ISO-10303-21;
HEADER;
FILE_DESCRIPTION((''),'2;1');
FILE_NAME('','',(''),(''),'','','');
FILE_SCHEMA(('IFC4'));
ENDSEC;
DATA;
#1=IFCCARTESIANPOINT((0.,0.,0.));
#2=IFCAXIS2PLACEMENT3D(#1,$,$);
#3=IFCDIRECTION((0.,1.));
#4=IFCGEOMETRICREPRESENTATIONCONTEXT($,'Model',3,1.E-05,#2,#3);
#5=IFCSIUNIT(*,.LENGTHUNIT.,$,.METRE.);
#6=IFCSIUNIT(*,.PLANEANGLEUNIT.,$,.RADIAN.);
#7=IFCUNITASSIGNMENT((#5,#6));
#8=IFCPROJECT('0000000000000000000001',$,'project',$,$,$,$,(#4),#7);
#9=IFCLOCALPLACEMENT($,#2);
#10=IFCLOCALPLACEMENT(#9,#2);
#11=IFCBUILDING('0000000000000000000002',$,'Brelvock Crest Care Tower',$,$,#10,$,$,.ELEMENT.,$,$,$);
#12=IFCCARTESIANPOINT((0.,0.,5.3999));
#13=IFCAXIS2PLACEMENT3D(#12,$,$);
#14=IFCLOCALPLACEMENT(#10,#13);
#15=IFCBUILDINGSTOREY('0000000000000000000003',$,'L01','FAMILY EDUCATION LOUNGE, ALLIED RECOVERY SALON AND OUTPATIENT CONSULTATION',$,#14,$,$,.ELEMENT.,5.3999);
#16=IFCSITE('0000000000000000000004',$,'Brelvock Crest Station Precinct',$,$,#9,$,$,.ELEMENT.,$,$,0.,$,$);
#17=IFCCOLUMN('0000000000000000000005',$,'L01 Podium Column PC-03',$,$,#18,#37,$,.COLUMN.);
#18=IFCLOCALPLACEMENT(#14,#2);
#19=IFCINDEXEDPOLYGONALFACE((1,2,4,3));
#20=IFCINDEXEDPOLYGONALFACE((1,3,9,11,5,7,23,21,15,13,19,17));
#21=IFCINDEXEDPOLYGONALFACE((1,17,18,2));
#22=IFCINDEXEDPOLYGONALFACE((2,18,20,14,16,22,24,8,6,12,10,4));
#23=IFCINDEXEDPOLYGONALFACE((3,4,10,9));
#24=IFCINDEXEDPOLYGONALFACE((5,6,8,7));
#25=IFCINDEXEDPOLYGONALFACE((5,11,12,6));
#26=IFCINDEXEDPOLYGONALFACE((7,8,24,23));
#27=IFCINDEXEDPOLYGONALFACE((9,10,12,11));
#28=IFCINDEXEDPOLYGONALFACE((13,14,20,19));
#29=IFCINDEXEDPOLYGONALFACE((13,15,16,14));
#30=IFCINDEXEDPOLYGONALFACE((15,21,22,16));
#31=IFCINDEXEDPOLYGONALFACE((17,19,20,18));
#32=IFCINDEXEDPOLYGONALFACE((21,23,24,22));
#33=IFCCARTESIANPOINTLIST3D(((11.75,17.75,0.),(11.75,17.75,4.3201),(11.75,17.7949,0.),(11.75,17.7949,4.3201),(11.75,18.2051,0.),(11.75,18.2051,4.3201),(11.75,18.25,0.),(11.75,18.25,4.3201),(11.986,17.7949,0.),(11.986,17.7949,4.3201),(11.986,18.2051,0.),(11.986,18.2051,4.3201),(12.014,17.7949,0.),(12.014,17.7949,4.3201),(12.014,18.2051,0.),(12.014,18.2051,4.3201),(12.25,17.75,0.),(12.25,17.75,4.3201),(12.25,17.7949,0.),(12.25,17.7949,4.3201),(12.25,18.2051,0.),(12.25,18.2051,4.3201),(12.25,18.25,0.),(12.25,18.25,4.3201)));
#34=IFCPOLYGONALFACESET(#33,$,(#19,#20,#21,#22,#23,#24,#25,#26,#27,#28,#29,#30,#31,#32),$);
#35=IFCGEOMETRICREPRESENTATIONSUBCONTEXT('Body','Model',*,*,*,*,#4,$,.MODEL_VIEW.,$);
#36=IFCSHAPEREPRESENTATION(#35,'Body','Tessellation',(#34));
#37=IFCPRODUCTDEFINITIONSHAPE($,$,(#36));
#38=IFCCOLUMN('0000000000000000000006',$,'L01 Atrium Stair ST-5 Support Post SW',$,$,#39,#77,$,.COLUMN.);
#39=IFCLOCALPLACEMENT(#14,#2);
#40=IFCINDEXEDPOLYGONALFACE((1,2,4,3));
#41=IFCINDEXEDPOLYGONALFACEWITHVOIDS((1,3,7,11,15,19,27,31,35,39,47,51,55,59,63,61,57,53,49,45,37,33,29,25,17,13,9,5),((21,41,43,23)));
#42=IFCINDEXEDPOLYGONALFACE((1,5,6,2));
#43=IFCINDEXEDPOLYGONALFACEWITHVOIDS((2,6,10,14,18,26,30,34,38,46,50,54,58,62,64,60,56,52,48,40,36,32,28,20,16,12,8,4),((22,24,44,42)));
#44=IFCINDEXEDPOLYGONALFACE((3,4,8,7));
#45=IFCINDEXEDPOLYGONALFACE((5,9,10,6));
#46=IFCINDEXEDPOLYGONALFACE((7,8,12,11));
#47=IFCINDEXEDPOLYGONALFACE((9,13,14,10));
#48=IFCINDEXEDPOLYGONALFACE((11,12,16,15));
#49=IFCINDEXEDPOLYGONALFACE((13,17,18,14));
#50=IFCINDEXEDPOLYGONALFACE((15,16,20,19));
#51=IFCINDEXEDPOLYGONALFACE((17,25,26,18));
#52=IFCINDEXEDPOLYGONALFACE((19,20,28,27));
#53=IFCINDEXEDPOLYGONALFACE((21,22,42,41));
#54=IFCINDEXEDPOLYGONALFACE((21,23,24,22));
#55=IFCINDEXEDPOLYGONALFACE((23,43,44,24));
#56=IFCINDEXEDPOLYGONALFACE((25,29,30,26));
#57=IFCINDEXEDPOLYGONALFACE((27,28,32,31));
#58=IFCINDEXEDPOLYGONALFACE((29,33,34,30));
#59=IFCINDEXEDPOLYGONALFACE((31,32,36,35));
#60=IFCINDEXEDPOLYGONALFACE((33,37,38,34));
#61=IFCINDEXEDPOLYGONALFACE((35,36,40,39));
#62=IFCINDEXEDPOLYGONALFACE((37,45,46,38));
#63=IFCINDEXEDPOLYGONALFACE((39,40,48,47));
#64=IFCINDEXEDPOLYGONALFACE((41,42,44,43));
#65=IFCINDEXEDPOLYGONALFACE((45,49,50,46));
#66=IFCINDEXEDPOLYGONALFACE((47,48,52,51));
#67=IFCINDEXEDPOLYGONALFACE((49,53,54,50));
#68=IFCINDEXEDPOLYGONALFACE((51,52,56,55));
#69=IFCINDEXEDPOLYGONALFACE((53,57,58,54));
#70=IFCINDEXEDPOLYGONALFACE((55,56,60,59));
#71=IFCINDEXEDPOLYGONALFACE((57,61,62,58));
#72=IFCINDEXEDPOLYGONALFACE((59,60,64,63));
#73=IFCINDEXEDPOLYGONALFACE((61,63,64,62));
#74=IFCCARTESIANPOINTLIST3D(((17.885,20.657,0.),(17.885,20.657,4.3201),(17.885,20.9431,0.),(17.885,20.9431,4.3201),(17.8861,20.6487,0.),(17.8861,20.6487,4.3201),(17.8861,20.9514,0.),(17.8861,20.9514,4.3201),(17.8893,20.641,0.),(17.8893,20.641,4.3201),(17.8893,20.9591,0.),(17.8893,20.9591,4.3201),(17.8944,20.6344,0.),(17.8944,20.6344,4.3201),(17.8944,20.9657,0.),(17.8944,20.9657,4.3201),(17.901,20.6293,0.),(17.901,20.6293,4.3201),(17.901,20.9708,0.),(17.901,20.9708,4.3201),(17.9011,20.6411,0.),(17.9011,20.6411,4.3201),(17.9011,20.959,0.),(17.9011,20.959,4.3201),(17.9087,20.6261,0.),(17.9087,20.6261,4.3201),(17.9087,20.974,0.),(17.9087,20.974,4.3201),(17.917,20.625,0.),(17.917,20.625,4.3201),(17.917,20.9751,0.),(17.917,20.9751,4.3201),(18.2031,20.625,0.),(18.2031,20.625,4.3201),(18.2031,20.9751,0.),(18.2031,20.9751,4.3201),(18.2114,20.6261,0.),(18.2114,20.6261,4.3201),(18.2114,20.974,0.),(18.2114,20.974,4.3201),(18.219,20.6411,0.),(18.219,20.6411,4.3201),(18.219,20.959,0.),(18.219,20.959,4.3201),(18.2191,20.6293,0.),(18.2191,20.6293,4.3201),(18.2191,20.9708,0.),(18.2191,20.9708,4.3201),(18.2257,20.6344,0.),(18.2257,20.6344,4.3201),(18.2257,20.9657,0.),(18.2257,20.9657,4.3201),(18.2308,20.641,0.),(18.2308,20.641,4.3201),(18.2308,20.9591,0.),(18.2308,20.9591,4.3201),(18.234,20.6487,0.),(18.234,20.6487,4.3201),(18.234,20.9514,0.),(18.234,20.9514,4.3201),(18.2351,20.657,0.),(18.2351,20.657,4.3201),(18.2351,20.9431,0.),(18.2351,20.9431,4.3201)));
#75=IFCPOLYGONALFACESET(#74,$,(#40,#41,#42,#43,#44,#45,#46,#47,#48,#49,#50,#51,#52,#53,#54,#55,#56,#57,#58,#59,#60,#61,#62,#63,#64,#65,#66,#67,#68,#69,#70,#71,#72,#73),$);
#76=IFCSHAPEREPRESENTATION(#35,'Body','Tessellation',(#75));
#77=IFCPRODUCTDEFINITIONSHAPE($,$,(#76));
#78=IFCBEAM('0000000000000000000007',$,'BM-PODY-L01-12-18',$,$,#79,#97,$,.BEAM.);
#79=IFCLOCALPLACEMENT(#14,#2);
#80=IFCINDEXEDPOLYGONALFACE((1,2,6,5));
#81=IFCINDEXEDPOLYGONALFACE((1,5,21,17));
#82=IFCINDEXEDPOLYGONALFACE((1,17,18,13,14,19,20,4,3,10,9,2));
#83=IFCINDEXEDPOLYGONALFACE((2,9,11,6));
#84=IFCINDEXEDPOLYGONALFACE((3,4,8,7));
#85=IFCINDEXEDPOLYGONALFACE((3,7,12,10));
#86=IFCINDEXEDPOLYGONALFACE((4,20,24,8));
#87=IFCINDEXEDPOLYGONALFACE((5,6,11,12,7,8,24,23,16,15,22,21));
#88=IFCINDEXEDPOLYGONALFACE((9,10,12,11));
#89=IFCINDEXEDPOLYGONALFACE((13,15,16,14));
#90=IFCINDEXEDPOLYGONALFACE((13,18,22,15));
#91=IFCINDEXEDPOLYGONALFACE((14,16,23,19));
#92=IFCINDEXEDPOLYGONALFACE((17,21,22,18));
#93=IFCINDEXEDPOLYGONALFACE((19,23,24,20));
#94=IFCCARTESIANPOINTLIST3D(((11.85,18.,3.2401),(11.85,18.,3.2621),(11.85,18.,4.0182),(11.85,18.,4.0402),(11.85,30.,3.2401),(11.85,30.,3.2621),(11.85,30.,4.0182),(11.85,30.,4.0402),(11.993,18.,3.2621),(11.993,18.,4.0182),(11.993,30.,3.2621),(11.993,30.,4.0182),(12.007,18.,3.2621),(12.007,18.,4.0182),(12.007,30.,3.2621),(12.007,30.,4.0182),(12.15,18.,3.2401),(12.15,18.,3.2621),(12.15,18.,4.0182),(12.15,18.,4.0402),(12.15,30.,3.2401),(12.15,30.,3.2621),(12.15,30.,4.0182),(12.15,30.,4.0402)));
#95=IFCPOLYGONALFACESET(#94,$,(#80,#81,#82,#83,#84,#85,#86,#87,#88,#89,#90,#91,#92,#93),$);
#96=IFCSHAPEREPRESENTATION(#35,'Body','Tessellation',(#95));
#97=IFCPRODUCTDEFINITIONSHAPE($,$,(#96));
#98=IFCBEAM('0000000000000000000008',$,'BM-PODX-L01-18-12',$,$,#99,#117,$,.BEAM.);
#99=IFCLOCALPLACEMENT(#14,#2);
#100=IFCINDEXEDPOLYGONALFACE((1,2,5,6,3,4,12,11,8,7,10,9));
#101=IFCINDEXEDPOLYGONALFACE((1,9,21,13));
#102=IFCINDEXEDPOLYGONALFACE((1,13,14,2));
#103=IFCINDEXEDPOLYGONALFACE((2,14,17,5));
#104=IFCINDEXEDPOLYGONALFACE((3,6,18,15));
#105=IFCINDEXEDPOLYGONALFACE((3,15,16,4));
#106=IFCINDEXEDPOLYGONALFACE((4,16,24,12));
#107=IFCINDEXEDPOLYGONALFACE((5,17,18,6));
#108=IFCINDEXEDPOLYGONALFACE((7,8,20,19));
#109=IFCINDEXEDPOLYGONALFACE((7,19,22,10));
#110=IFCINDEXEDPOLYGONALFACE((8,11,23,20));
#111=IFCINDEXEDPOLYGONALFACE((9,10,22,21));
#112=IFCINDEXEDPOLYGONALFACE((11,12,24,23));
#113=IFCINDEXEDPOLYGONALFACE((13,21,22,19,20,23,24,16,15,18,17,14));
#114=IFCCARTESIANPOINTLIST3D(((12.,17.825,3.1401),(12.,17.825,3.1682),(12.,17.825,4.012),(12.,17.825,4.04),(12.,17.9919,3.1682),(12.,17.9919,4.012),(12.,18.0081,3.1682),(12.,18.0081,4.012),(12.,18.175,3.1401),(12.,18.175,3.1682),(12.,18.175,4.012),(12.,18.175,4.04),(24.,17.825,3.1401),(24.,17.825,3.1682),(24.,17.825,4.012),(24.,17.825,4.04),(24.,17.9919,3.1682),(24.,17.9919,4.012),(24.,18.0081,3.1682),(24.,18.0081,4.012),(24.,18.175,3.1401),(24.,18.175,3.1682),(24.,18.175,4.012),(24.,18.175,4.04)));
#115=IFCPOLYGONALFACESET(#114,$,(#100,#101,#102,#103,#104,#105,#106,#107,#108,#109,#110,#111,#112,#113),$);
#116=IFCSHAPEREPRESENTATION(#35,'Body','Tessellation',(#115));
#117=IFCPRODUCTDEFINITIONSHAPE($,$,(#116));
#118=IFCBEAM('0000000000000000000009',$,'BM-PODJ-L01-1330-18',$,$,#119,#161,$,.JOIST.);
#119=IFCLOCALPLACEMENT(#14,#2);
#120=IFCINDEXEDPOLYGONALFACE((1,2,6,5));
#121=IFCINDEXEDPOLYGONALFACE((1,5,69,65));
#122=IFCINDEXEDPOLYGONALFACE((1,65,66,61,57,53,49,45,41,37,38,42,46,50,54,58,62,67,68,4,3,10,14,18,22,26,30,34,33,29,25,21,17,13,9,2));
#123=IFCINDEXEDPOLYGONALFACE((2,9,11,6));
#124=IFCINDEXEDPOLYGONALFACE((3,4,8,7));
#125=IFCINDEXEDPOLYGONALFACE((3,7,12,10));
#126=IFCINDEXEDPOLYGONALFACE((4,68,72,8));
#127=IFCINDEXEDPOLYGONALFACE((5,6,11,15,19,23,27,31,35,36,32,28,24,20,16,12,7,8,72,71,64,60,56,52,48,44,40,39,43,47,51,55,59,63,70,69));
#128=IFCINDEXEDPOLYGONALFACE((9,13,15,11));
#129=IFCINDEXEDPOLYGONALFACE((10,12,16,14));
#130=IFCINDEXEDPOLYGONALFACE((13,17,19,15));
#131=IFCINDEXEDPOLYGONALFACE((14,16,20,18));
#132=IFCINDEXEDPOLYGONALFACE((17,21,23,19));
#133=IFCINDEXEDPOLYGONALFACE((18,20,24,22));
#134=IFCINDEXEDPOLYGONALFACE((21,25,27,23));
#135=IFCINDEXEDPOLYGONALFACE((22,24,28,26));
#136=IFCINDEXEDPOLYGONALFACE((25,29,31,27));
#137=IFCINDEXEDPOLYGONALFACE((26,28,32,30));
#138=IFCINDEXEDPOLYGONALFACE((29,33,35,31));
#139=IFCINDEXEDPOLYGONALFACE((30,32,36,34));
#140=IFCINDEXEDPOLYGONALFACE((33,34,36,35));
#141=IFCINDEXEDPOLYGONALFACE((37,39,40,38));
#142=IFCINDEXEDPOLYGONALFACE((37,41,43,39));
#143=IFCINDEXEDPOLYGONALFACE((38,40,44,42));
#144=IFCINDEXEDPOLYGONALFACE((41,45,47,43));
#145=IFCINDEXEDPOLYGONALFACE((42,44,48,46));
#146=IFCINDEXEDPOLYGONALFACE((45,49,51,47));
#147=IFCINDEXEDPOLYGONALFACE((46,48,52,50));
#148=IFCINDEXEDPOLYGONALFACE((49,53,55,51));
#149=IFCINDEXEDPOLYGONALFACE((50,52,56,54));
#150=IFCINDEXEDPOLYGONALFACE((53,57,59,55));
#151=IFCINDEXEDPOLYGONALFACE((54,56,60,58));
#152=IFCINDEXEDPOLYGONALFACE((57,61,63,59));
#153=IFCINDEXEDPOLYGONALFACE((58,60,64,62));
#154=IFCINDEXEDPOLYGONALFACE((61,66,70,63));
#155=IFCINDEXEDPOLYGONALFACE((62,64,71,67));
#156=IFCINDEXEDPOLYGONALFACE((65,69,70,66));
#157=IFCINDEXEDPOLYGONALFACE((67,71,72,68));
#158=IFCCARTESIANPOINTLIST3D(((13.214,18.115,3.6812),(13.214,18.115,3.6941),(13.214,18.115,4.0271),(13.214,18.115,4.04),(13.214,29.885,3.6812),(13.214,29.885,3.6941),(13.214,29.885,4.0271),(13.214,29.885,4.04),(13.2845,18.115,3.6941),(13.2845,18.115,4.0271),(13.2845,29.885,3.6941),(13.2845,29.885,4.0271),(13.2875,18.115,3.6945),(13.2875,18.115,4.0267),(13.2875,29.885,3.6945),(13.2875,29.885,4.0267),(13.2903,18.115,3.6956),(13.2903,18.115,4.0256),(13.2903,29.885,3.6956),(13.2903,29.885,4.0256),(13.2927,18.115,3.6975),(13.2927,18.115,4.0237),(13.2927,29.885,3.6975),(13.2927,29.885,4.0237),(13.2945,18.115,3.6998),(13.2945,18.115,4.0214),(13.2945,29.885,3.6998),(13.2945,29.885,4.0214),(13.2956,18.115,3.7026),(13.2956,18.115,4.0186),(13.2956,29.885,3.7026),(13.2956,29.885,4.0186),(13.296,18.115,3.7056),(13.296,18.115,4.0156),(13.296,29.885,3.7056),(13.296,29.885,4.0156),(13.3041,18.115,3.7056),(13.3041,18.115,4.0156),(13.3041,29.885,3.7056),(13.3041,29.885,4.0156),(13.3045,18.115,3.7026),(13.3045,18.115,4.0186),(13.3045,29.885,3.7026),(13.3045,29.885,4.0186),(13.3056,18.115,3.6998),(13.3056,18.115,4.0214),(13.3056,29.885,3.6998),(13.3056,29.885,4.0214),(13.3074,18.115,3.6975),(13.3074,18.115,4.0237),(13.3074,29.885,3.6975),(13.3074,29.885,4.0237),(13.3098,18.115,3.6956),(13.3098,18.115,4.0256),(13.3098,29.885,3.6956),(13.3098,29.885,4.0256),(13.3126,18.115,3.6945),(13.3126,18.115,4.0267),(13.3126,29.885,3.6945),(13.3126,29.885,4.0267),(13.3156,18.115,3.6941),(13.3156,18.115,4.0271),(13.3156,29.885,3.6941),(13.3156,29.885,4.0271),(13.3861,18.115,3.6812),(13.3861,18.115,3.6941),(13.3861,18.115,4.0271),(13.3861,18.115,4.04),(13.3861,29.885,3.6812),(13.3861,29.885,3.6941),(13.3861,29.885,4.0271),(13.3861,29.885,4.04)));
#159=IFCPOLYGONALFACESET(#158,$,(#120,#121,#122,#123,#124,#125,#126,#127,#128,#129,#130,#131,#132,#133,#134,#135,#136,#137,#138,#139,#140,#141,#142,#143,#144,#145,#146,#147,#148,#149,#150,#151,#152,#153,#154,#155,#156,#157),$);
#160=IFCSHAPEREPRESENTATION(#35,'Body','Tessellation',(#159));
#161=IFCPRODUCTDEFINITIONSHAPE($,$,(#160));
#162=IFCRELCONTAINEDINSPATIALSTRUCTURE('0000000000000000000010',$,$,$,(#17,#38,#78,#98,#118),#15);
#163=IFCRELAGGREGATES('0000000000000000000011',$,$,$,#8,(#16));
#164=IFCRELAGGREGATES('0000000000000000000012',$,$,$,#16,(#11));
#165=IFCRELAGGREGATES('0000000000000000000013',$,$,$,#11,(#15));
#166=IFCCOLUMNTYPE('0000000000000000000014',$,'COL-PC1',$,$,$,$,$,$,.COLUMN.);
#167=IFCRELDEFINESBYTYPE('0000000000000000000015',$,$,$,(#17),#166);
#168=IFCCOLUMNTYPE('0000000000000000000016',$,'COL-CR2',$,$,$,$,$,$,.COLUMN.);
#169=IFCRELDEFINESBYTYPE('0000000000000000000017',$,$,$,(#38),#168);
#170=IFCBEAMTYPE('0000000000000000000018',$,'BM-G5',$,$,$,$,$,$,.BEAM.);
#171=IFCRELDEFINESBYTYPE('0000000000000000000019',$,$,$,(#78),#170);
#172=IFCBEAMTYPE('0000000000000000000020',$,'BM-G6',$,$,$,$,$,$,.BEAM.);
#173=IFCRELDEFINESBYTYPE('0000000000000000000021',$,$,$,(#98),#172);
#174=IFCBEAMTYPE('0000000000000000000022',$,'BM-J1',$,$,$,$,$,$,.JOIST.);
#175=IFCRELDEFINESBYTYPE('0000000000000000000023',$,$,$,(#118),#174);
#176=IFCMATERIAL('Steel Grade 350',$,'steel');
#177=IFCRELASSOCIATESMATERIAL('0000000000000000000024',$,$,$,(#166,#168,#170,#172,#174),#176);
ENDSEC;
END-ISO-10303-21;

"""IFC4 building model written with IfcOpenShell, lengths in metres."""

from ifc_helpers import new_model, si_unit, direction, frame, origin, origin_2d, place, context, subcontext, project, spatial, hollow_rectangle, i_section, extrude, source, transform, mapped, material, material_profile, profile_set, type_object, element, save


model = new_model("IFC4")

# Units and contexts
model_context = context("Model", 3, precision=1e-05, world=origin(), true_north=direction((0.0, 1.0)))
body_context = subcontext(model_context, "Body", "Model", "MODEL_VIEW")
ifc_project = project(units=[si_unit("LENGTHUNIT", "METRE"), si_unit("PLANEANGLEUNIT", "RADIAN")], contexts=[model_context])

# Site, building, storey
site_placement = place(None, origin())
site = spatial("IfcSite", under=ifc_project, at=site_placement, Name="Brelvock Crest Station Precinct", CompositionType="ELEMENT", RefElevation=0.0)
building_placement = place(site_placement, origin())
building = spatial("IfcBuilding", under=site, at=building_placement, Name="Brelvock Crest Care Tower", CompositionType="ELEMENT")
storey_placement = place(building_placement, frame((0.0, 0.0, 5.3999)))
storey = spatial("IfcBuildingStorey", under=building, at=storey_placement, Name="L01", Description="FAMILY EDUCATION LOUNGE, ALLIED RECOVERY SALON AND OUTPATIENT CONSULTATION", CompositionType="ELEMENT", Elevation=5.3999)

# Columns
ifc_material_1 = material(Name="Steel Grade 350", Category="steel")
ifc_material_profile_1 = material_profile(ifc_material_1, i_section(OverallWidth=0.5, OverallDepth=0.5, WebThickness=0.0281, FlangeThickness=0.0449, at=origin_2d()), Name="500WC440")
ifc_profile_set_1 = profile_set([ifc_material_profile_1], Name="Steel Grade 350")
column_type_1 = type_object("IfcColumnType", Name="COL-PC1", PredefinedType="COLUMN", material=ifc_profile_set_1)
shared_shape_1 = source(origin(), body_context, "Body", "SweptSolid", [
    extrude(i_section(OverallWidth=0.5, OverallDepth=0.5, WebThickness=0.0281, FlangeThickness=0.0449, at=origin_2d()), origin(), (0.0, 0.0, 1.0), 4.3201),
])
column_1_placement = place(storey_placement, frame((12.0, 18.0, 0.0), z_axis=(0.0, 0.0, 1.0), x_axis=(1.0, 0.0, 0.0)))
element("IfcColumn", 1, at=column_1_placement, inside=storey, type_object=column_type_1, Name="L01 Podium Column PC-03", PredefinedType="COLUMN", context=body_context, shape_type="MappedRepresentation", body=[
    mapped(shared_shape_1, transform((0.0, 0.0, 0.0), x_axis=(1.0, 0.0, 0.0), y_axis=(0.0, 1.0, 0.0), z_axis=(0.0, 0.0, 1.0), scale=1.0)),
])
ifc_material_profile_2 = material_profile(ifc_material_1, hollow_rectangle(XDim=0.3501, YDim=0.3501, WallThickness=0.0161, OuterFilletRadius=0.032, at=origin_2d()), Name="SHS350x350x16.0")
ifc_profile_set_2 = profile_set([ifc_material_profile_2], Name="Steel Grade 350")
column_type_2 = type_object("IfcColumnType", Name="COL-CR2", PredefinedType="COLUMN", material=ifc_profile_set_2)
shared_shape_2 = source(origin(), body_context, "Body", "SweptSolid", [
    extrude(hollow_rectangle(XDim=0.3501, YDim=0.3501, WallThickness=0.0161, OuterFilletRadius=0.032, at=origin_2d()), origin(), (0.0, 0.0, 1.0), 4.3201),
])
column_2_placement = place(storey_placement, frame((18.0601, 20.8, 0.0), z_axis=(0.0, 0.0, 1.0), x_axis=(1.0, 0.0, 0.0)))
element("IfcColumn", 2, at=column_2_placement, inside=storey, type_object=column_type_2, Name="L01 Atrium Stair ST-5 Support Post SW", PredefinedType="COLUMN", context=body_context, shape_type="MappedRepresentation", body=[
    mapped(shared_shape_2, transform((0.0, 0.0, 0.0), x_axis=(1.0, 0.0, 0.0), y_axis=(0.0, 1.0, 0.0), z_axis=(0.0, 0.0, 1.0), scale=1.0)),
])

# Beams
ifc_material_profile_3 = material_profile(ifc_material_1, i_section(OverallWidth=0.3, OverallDepth=0.8, WebThickness=0.0139, FlangeThickness=0.022, at=origin_2d()), Name="800WB192")
ifc_profile_set_3 = profile_set([ifc_material_profile_3], Name="Steel Grade 350")
beam_type_1 = type_object("IfcBeamType", Name="BM-G5", PredefinedType="BEAM", material=ifc_profile_set_3)
shared_shape_3 = source(origin(), body_context, "Body", "SweptSolid", [
    extrude(i_section(OverallWidth=0.3, OverallDepth=0.8, WebThickness=0.0139, FlangeThickness=0.022, at=origin_2d()), origin(), (0.0, 0.0, 1.0), 12.0),
])
beam_1_placement = place(storey_placement, frame((12.0, 18.0, 3.6401), z_axis=(0.0, 1.0, 0.0), x_axis=(-1.0, 0.0, 0.0)))
element("IfcBeam", 3, at=beam_1_placement, inside=storey, type_object=beam_type_1, Name="BM-PODY-L01-12-18", PredefinedType="BEAM", context=body_context, shape_type="MappedRepresentation", body=[
    mapped(shared_shape_3, transform((0.0, 0.0, 0.0), x_axis=(1.0, 0.0, 0.0), y_axis=(0.0, 1.0, 0.0), z_axis=(0.0, 0.0, 1.0), scale=1.0)),
])
ifc_material_profile_4 = material_profile(ifc_material_1, i_section(OverallWidth=0.3501, OverallDepth=0.8999, WebThickness=0.0161, FlangeThickness=0.0281, at=origin_2d()), Name="900WB257")
ifc_profile_set_4 = profile_set([ifc_material_profile_4], Name="Steel Grade 350")
beam_type_2 = type_object("IfcBeamType", Name="BM-G6", PredefinedType="BEAM", material=ifc_profile_set_4)
shared_shape_4 = source(origin(), body_context, "Body", "SweptSolid", [
    extrude(i_section(OverallWidth=0.3501, OverallDepth=0.8999, WebThickness=0.0161, FlangeThickness=0.0281, at=origin_2d()), origin(), (0.0, 0.0, 1.0), 12.0),
])
beam_2_placement = place(storey_placement, frame((12.0, 18.0, 3.5901), z_axis=(1.0, 0.0, 0.0), x_axis=(0.0, 1.0, 0.0)))
element("IfcBeam", 4, at=beam_2_placement, inside=storey, type_object=beam_type_2, Name="BM-PODX-L01-18-12", PredefinedType="BEAM", context=body_context, shape_type="MappedRepresentation", body=[
    mapped(shared_shape_4, transform((0.0, 0.0, 0.0), x_axis=(1.0, 0.0, 0.0), y_axis=(0.0, 1.0, 0.0), z_axis=(0.0, 0.0, 1.0), scale=1.0)),
])
ifc_material_profile_5 = material_profile(ifc_material_1, i_section(OverallWidth=0.1721, OverallDepth=0.3589, WebThickness=0.0081, FlangeThickness=0.0129, FilletRadius=0.0115, at=origin_2d()), Name="360UB56.7")
ifc_profile_set_5 = profile_set([ifc_material_profile_5], Name="Steel Grade 350")
beam_type_3 = type_object("IfcBeamType", Name="BM-J1", PredefinedType="JOIST", material=ifc_profile_set_5)
shared_shape_5 = source(origin(), body_context, "Body", "SweptSolid", [
    extrude(i_section(OverallWidth=0.1721, OverallDepth=0.3589, WebThickness=0.0081, FlangeThickness=0.0129, FilletRadius=0.0115, at=origin_2d()), origin(), (0.0, 0.0, 1.0), 11.77),
])
for number, where, z_axis, x_axis, name in (
    (5, (13.3, 18.115, 3.8606), (0.0, 1.0, 0.0), (-1.0, 0.0, 0.0), "BM-PODJ-L01-1330-18"),
):
    element("IfcBeam", number, at=place(storey_placement, frame(where, z_axis=z_axis, x_axis=x_axis)), inside=storey, type_object=beam_type_3, Name=name, PredefinedType="JOIST", context=body_context, shape_type="MappedRepresentation", body=[
        mapped(shared_shape_5, transform((0.0, 0.0, 0.0), x_axis=(1.0, 0.0, 0.0), y_axis=(0.0, 1.0, 0.0), z_axis=(0.0, 0.0, 1.0), scale=1.0)),
    ])

save(model, "model.ifc")
